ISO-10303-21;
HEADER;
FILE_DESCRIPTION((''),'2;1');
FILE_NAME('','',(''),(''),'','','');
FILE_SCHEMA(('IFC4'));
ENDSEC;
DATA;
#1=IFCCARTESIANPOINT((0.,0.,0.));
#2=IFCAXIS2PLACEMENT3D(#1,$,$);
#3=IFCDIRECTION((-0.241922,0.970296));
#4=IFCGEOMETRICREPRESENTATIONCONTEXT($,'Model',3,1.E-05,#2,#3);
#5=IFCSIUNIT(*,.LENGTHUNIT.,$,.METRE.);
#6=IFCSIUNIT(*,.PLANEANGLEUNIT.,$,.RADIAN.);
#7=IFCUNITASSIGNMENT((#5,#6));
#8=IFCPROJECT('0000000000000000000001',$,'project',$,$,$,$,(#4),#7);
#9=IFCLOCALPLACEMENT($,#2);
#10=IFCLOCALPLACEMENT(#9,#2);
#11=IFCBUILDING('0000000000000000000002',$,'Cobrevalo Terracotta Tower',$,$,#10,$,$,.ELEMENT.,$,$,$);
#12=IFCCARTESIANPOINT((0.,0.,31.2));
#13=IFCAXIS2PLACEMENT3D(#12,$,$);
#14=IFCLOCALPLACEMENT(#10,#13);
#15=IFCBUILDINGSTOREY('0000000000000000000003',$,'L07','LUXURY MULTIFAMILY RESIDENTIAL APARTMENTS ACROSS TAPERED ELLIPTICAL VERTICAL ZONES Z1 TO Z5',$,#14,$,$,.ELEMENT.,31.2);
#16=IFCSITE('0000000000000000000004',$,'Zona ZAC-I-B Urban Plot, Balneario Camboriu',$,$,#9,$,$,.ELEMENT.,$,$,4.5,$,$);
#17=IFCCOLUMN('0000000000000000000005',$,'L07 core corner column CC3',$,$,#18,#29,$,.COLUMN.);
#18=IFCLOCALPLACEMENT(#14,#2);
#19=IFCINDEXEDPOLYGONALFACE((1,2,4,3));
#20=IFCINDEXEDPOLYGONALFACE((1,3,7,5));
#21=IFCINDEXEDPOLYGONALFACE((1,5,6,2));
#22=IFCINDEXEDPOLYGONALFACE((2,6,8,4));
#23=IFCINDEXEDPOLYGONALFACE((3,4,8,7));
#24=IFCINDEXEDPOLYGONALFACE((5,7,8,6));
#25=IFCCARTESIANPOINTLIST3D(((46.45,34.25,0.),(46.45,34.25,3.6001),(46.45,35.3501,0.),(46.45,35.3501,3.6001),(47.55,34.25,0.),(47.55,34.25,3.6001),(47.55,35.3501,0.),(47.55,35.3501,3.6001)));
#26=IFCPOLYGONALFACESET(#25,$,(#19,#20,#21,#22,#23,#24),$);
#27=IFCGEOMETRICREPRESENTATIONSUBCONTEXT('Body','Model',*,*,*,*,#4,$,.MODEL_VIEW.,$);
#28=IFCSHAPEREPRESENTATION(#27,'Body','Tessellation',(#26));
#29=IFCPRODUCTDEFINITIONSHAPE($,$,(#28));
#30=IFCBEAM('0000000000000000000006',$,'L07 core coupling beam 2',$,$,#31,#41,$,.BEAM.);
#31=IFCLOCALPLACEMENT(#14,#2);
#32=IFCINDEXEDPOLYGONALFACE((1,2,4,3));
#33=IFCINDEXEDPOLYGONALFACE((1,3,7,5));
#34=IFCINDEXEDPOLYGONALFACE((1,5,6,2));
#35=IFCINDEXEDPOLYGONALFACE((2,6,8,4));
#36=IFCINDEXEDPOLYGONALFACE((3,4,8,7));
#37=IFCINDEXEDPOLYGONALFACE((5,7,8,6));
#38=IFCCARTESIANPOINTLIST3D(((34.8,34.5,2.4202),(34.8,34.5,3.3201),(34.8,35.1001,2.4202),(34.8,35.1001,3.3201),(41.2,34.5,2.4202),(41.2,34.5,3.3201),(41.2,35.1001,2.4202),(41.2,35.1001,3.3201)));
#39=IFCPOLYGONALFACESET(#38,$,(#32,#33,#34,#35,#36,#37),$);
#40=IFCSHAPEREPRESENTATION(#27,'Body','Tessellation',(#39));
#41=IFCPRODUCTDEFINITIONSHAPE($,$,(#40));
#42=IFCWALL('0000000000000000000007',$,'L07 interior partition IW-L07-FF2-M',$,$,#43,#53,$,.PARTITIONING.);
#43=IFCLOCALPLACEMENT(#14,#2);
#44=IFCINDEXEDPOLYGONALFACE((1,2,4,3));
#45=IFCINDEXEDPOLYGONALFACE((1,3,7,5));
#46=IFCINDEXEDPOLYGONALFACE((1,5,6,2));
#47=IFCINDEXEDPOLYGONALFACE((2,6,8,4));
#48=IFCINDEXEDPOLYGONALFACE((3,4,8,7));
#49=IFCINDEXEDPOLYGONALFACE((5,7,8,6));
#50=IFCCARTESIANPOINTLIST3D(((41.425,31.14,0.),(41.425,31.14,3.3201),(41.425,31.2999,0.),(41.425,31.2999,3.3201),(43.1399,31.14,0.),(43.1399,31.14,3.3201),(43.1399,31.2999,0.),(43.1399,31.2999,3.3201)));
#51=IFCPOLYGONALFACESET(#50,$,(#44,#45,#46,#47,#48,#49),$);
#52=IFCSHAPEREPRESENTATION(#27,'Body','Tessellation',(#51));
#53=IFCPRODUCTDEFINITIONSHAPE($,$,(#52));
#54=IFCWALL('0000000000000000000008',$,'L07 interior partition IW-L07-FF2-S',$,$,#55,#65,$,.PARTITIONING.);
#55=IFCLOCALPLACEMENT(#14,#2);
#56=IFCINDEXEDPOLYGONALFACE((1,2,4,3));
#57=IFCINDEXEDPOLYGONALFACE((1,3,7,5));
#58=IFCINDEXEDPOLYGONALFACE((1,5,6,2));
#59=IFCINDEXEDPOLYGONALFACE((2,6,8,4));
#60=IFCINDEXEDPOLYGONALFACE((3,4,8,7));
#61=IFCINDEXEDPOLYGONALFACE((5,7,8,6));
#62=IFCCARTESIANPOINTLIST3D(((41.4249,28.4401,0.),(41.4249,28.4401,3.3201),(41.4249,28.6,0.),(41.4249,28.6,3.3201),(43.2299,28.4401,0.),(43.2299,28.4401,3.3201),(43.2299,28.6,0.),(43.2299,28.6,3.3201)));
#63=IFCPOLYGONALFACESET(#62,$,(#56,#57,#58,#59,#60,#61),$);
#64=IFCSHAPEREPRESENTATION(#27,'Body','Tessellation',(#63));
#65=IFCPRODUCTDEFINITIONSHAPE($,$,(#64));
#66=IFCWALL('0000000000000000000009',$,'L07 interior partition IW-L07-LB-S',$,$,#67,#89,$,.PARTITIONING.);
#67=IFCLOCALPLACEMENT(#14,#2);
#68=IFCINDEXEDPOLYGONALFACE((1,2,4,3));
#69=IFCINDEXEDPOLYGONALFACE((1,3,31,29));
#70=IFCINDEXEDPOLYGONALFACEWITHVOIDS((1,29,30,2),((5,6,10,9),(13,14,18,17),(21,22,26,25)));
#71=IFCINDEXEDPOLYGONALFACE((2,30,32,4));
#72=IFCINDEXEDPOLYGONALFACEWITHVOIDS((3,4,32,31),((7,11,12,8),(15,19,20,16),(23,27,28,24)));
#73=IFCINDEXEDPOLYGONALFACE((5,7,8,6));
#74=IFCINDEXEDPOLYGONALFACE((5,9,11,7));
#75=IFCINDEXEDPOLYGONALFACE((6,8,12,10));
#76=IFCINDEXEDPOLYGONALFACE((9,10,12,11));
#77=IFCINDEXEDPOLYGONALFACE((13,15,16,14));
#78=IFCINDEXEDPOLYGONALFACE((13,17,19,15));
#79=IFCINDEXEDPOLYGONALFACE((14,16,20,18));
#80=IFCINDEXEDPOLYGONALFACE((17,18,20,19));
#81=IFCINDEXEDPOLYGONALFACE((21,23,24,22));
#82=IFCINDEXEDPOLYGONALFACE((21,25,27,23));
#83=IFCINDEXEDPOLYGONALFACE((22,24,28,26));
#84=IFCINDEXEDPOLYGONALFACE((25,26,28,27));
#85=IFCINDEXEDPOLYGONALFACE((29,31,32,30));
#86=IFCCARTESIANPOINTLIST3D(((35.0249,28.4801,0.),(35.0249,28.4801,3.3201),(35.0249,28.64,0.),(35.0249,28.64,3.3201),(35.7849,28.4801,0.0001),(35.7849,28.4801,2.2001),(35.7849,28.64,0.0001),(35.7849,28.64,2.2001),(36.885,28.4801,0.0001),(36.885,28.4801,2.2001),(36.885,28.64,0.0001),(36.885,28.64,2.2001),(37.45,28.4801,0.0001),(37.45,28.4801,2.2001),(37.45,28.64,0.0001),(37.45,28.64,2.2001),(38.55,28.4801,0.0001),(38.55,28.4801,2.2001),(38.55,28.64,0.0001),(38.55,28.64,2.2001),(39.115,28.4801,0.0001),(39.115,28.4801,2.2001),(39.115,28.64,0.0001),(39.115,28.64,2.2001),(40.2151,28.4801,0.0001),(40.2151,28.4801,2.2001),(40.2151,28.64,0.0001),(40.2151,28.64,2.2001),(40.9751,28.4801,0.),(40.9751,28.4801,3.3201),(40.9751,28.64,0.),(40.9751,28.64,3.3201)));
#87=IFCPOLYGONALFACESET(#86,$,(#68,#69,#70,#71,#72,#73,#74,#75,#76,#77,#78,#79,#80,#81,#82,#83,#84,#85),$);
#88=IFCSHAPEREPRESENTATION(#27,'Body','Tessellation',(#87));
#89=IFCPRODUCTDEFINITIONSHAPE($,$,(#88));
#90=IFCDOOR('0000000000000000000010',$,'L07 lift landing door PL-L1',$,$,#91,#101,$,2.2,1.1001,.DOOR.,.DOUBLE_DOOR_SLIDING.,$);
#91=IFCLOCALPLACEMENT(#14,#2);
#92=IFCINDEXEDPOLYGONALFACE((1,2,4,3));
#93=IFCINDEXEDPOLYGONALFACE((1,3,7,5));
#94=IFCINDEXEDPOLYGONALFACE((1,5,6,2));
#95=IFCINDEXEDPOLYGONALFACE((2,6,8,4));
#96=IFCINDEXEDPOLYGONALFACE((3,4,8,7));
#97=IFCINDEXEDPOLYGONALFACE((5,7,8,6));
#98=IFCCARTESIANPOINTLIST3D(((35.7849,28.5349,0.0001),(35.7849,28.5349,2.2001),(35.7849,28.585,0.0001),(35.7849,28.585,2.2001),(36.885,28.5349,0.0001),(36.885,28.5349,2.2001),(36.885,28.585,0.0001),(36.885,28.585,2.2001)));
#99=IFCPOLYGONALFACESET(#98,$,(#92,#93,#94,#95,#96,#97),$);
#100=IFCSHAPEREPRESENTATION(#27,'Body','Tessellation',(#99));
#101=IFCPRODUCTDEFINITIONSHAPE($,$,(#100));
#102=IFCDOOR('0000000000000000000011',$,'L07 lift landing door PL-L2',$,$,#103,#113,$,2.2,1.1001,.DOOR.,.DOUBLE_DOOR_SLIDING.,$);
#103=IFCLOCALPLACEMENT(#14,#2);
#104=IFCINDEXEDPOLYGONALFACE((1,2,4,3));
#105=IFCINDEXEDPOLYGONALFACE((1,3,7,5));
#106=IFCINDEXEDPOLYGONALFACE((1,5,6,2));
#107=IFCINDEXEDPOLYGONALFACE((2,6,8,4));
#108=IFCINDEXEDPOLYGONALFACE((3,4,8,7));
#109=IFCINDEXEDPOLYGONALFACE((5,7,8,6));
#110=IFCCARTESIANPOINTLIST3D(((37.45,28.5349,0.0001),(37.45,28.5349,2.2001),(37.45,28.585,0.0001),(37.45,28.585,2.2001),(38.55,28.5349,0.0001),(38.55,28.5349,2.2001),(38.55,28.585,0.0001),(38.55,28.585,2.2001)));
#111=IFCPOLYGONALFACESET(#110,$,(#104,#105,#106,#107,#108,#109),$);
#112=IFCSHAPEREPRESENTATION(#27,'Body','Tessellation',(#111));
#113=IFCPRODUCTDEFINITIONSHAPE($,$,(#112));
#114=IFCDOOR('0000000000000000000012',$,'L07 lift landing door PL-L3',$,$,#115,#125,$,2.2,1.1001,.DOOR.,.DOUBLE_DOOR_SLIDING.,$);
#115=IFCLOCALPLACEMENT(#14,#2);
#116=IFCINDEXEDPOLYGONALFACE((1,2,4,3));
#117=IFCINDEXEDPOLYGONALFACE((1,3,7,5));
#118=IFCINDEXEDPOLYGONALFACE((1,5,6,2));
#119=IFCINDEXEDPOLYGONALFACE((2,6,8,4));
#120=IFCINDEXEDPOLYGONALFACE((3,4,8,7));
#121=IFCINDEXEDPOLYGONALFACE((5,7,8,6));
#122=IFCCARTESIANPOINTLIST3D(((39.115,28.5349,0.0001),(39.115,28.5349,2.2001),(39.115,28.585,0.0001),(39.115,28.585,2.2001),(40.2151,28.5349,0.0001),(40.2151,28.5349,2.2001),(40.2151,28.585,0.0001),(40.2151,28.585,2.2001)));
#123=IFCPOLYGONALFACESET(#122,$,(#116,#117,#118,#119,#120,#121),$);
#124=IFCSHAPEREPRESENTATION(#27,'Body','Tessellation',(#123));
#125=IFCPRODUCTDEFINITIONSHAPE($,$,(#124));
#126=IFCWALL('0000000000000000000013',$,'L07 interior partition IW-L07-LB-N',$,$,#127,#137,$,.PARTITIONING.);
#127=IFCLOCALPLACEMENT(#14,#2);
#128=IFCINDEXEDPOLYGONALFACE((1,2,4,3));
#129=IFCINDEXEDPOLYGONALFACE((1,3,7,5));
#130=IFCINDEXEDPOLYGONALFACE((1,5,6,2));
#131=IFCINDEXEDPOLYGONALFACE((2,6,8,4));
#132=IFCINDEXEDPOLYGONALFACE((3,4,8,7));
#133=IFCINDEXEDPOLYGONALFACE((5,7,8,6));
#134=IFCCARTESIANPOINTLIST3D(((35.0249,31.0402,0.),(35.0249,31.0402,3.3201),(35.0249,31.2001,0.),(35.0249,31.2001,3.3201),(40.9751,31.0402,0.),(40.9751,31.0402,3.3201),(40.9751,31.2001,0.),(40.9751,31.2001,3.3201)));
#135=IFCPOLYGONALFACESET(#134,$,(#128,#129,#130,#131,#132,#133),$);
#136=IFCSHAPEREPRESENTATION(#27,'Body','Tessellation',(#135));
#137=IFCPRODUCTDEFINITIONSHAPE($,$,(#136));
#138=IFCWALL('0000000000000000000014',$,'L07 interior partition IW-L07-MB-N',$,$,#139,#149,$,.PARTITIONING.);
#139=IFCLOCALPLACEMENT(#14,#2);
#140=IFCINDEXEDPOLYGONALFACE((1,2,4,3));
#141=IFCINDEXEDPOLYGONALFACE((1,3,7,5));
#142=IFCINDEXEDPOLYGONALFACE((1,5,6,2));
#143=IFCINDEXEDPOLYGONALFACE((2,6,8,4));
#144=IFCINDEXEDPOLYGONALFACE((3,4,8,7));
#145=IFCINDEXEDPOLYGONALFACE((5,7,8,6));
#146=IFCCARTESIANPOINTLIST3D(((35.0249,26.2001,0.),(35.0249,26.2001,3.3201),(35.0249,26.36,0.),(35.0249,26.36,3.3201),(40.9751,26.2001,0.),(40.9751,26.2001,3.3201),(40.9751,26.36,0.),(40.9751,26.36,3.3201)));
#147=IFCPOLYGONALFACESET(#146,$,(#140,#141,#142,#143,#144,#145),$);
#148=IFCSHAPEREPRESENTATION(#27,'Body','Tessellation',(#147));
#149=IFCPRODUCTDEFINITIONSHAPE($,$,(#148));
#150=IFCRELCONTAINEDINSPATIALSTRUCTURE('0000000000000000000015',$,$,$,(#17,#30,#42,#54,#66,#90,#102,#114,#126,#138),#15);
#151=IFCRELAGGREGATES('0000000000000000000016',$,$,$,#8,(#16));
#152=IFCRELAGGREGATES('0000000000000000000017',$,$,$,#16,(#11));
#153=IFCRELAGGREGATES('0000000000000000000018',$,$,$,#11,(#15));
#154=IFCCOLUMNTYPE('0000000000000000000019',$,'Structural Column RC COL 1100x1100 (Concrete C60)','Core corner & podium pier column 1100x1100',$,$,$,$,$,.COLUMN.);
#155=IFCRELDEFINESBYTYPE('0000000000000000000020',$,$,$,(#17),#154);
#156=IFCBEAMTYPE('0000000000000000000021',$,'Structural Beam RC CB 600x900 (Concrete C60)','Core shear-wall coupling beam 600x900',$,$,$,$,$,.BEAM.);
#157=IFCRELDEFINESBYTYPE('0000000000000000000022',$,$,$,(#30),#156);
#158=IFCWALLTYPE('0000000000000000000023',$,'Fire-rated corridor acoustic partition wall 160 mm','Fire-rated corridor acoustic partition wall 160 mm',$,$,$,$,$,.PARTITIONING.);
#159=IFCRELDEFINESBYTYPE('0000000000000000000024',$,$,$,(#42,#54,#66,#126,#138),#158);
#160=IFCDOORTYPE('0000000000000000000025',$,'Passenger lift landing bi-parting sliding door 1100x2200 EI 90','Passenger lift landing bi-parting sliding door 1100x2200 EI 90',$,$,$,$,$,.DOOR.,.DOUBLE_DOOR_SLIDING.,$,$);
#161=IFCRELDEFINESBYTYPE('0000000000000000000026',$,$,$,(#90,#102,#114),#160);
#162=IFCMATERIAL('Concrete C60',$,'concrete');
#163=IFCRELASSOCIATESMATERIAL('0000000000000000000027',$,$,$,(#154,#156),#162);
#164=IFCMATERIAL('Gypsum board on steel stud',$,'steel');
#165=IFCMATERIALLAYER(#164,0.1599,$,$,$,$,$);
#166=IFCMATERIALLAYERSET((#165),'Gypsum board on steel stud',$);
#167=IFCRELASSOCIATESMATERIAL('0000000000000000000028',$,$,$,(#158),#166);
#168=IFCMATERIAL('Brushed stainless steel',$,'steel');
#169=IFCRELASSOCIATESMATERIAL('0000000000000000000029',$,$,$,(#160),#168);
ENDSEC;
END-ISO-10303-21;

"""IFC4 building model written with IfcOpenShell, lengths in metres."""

from ifc_helpers import new_model, si_unit, direction, frame, frame_2d, origin, origin_2d, place, context, subcontext, project, spatial, rectangle, extrude, source, transform, mapped, material, layer, layer_set, material_profile, profile_set, type_object, element, fill, save


model = new_model("IFC4")

# Units and contexts
model_context = context("Model", 3, precision=1e-05, world=origin(), true_north=direction((-0.241922, 0.970296)))
body_context = subcontext(model_context, "Body", "Model", "MODEL_VIEW")
ifc_project = project(units=[si_unit("LENGTHUNIT", "METRE"), si_unit("PLANEANGLEUNIT", "RADIAN")], contexts=[model_context])

# Site, building, storey
site_placement = place(None, origin())
site = spatial("IfcSite", under=ifc_project, at=site_placement, Name="Zona ZAC-I-B Urban Plot, Balneario Camboriu", CompositionType="ELEMENT", RefElevation=4.5)
building_placement = place(site_placement, origin())
building = spatial("IfcBuilding", under=site, at=building_placement, Name="Cobrevalo Terracotta Tower", CompositionType="ELEMENT")
storey_placement = place(building_placement, frame((0.0, 0.0, 31.2)))
storey = spatial("IfcBuildingStorey", under=building, at=storey_placement, Name="L07", Description="LUXURY MULTIFAMILY RESIDENTIAL APARTMENTS ACROSS TAPERED ELLIPTICAL VERTICAL ZONES Z1 TO Z5", CompositionType="ELEMENT", Elevation=31.2)

# Column
ifc_material_1 = material(Name="Concrete C60", Category="concrete")
ifc_material_profile_1 = material_profile(ifc_material_1, rectangle(XDim=1.1001, YDim=1.1001, at=origin_2d()), Name="RC COL 1100x1100")
ifc_profile_set_1 = profile_set([ifc_material_profile_1], Name="Concrete C60")
column_type = type_object("IfcColumnType", Name="Structural Column RC COL 1100x1100 (Concrete C60)", Description="Core corner & podium pier column 1100x1100", PredefinedType="COLUMN", material=ifc_profile_set_1)
column_placement = place(storey_placement, frame((47.0, 34.8, 0.0), z_axis=(0.0, 0.0, 1.0), x_axis=(1.0, 0.0, 0.0)))
element("IfcColumn", 1, at=column_placement, inside=storey, type_object=column_type, Name="L07 core corner column CC3", PredefinedType="COLUMN", context=body_context, shape_type="SweptSolid", body=[
    extrude(rectangle(XDim=1.1001, YDim=1.1001, at=origin_2d()), origin(), (0.0, 0.0, 1.0), 3.6001),
])

# Beam
ifc_material_profile_2 = material_profile(ifc_material_1, rectangle(XDim=0.6001, YDim=0.8999, at=origin_2d()), Name="RC CB 600x900")
ifc_profile_set_2 = profile_set([ifc_material_profile_2], Name="Concrete C60")
beam_type = type_object("IfcBeamType", Name="Structural Beam RC CB 600x900 (Concrete C60)", Description="Core shear-wall coupling beam 600x900", PredefinedType="BEAM", material=ifc_profile_set_2)
beam_placement = place(storey_placement, frame((34.8, 34.8, 2.8701), z_axis=(1.0, 0.0, 0.0), x_axis=(0.0, 1.0, 0.0)))
element("IfcBeam", 2, at=beam_placement, inside=storey, type_object=beam_type, Name="L07 core coupling beam 2", PredefinedType="BEAM", context=body_context, shape_type="SweptSolid", body=[
    extrude(rectangle(XDim=0.6001, YDim=0.8999, at=origin_2d()), origin(), (0.0, 0.0, 1.0), 6.3999),
])

# Walls
ifc_material_2 = material(Name="Gypsum board on steel stud", Category="steel")
ifc_layer_1 = layer(ifc_material_2, 0.1599)
ifc_layer_set_1 = layer_set([ifc_layer_1], Name="Gypsum board on steel stud")
wall_type_1 = type_object("IfcWallType", Name="Fire-rated corridor acoustic partition wall 160 mm", Description="Fire-rated corridor acoustic partition wall 160 mm", PredefinedType="PARTITIONING", material=ifc_layer_set_1)
wall_1_placement = place(storey_placement, frame((41.425, 31.22, 0.0), z_axis=(0.0, 0.0, 1.0), x_axis=(1.0, 0.0, 0.0)))
element("IfcWall", 3, at=wall_1_placement, inside=storey, type_object=wall_type_1, Name="L07 interior partition IW-L07-FF2-M", PredefinedType="PARTITIONING", context=body_context, shape_type="SweptSolid", body=[
    extrude(rectangle(XDim=1.7148, YDim=0.1599, at=frame_2d((0.8574, 0.0))), origin(), (0.0, 0.0, 1.0), 3.3201),
])
wall_2_placement = place(storey_placement, frame((41.425, 28.52, 0.0), z_axis=(0.0, 0.0, 1.0), x_axis=(1.0, 0.0, 0.0)))
element("IfcWall", 4, at=wall_2_placement, inside=storey, type_object=wall_type_1, Name="L07 interior partition IW-L07-FF2-S", PredefinedType="PARTITIONING", context=body_context, shape_type="SweptSolid", body=[
    extrude(rectangle(XDim=1.8049, YDim=0.1599, at=frame_2d((0.9023, 0.0))), origin(), (0.0, 0.0, 1.0), 3.3201),
])

# Wall, openings, doors
wall_3_placement = place(storey_placement, frame((35.0249, 28.5601, 0.0), z_axis=(0.0, 0.0, 1.0), x_axis=(1.0, 0.0, 0.0)))
wall_3 = element("IfcWall", 5, at=wall_3_placement, inside=storey, type_object=wall_type_1, Name="L07 interior partition IW-L07-LB-S", PredefinedType="PARTITIONING", context=body_context, shape_type="SweptSolid", body=[
    extrude(rectangle(XDim=5.9502, YDim=0.1599, at=frame_2d((2.9751, 0.0))), origin(), (0.0, 0.0, 1.0), 3.3201),
])
opening_1_placement = place(wall_3_placement, frame((0.76, 0.0, 0.0)))
opening_1 = element("IfcOpeningElement", 6, at=opening_1_placement, cuts=wall_3, PredefinedType="OPENING", context=body_context, shape_type="SweptSolid", body=[
    extrude(rectangle(XDim=1.1001, YDim=2.2, at=frame_2d((0.55, 1.1001))), frame((0.0, 0.0898, 0.0), z_axis=(0.0, -1.0, 0.0), x_axis=(1.0, 0.0, 0.0)), (0.0, 0.0, 1.0), 0.1799),
])
opening_2_placement = place(wall_3_placement, frame((2.425, 0.0, 0.0)))
opening_2 = element("IfcOpeningElement", 7, at=opening_2_placement, cuts=wall_3, PredefinedType="OPENING", context=body_context, shape_type="SweptSolid", body=[
    extrude(rectangle(XDim=1.1001, YDim=2.2, at=frame_2d((0.55, 1.1001))), frame((0.0, 0.0898, 0.0), z_axis=(0.0, -1.0, 0.0), x_axis=(1.0, 0.0, 0.0)), (0.0, 0.0, 1.0), 0.1799),
])
opening_3_placement = place(wall_3_placement, frame((4.0901, 0.0, 0.0)))
opening_3 = element("IfcOpeningElement", 8, at=opening_3_placement, cuts=wall_3, PredefinedType="OPENING", context=body_context, shape_type="SweptSolid", body=[
    extrude(rectangle(XDim=1.1001, YDim=2.2, at=frame_2d((0.55, 1.1001))), frame((0.0, 0.0898, 0.0), z_axis=(0.0, -1.0, 0.0), x_axis=(1.0, 0.0, 0.0)), (0.0, 0.0, 1.0), 0.1799),
])
ifc_material_3 = material(Name="Brushed stainless steel", Category="steel")
door_type_1 = type_object("IfcDoorType", Name="Passenger lift landing bi-parting sliding door 1100x2200 EI 90", Description="Passenger lift landing bi-parting sliding door 1100x2200 EI 90", OperationType="DOUBLE_DOOR_SLIDING", PredefinedType="DOOR", material=ifc_material_3)
shared_shape_1 = source(origin(), body_context, "Body", "SweptSolid", [
    extrude(rectangle(XDim=1.1001, YDim=2.2, at=frame_2d((0.55, 1.1001))), frame((0.0, 0.0249, 0.0), z_axis=(0.0, -1.0, 0.0), x_axis=(1.0, 0.0, 0.0)), (0.0, 0.0, 1.0), 0.05),
])
door_1_placement = place(opening_1_placement, origin())
door_1 = element("IfcDoor", 9, at=door_1_placement, inside=storey, type_object=door_type_1, Name="L07 lift landing door PL-L1", OperationType="DOUBLE_DOOR_SLIDING", OverallHeight=2.2, OverallWidth=1.1001, PredefinedType="DOOR", context=body_context, shape_type="MappedRepresentation", body=[
    mapped(shared_shape_1, transform((0.0, 0.0, 0.0), scale=1.0)),
])
fill(opening_1, door_1)
door_2_placement = place(opening_2_placement, origin())
door_2 = element("IfcDoor", 10, at=door_2_placement, inside=storey, type_object=door_type_1, Name="L07 lift landing door PL-L2", OperationType="DOUBLE_DOOR_SLIDING", OverallHeight=2.2, OverallWidth=1.1001, PredefinedType="DOOR", context=body_context, shape_type="MappedRepresentation", body=[
    mapped(shared_shape_1, transform((0.0, 0.0, 0.0), scale=1.0)),
])
fill(opening_2, door_2)
door_3_placement = place(opening_3_placement, origin())
door_3 = element("IfcDoor", 11, at=door_3_placement, inside=storey, type_object=door_type_1, Name="L07 lift landing door PL-L3", OperationType="DOUBLE_DOOR_SLIDING", OverallHeight=2.2, OverallWidth=1.1001, PredefinedType="DOOR", context=body_context, shape_type="MappedRepresentation", body=[
    mapped(shared_shape_1, transform((0.0, 0.0, 0.0), scale=1.0)),
])
fill(opening_3, door_3)

# Walls
for number, where, z_axis, x_axis, name in (
    (12, (35.0249, 31.1201, 0.0), (0.0, 0.0, 1.0), (1.0, 0.0, 0.0), "L07 interior partition IW-L07-LB-N"),
    (13, (35.0249, 26.28, 0.0), (0.0, 0.0, 1.0), (1.0, 0.0, 0.0), "L07 interior partition IW-L07-MB-N"),
):
    element("IfcWall", number, at=place(storey_placement, frame(where, z_axis=z_axis, x_axis=x_axis)), inside=storey, type_object=wall_type_1, Name=name, PredefinedType="PARTITIONING", context=body_context, shape_type="SweptSolid", body=[
        extrude(rectangle(XDim=5.9502, YDim=0.1599, at=frame_2d((2.9751, 0.0))), origin(), (0.0, 0.0, 1.0), 3.3201),
    ])

save(model, "model.ifc")
